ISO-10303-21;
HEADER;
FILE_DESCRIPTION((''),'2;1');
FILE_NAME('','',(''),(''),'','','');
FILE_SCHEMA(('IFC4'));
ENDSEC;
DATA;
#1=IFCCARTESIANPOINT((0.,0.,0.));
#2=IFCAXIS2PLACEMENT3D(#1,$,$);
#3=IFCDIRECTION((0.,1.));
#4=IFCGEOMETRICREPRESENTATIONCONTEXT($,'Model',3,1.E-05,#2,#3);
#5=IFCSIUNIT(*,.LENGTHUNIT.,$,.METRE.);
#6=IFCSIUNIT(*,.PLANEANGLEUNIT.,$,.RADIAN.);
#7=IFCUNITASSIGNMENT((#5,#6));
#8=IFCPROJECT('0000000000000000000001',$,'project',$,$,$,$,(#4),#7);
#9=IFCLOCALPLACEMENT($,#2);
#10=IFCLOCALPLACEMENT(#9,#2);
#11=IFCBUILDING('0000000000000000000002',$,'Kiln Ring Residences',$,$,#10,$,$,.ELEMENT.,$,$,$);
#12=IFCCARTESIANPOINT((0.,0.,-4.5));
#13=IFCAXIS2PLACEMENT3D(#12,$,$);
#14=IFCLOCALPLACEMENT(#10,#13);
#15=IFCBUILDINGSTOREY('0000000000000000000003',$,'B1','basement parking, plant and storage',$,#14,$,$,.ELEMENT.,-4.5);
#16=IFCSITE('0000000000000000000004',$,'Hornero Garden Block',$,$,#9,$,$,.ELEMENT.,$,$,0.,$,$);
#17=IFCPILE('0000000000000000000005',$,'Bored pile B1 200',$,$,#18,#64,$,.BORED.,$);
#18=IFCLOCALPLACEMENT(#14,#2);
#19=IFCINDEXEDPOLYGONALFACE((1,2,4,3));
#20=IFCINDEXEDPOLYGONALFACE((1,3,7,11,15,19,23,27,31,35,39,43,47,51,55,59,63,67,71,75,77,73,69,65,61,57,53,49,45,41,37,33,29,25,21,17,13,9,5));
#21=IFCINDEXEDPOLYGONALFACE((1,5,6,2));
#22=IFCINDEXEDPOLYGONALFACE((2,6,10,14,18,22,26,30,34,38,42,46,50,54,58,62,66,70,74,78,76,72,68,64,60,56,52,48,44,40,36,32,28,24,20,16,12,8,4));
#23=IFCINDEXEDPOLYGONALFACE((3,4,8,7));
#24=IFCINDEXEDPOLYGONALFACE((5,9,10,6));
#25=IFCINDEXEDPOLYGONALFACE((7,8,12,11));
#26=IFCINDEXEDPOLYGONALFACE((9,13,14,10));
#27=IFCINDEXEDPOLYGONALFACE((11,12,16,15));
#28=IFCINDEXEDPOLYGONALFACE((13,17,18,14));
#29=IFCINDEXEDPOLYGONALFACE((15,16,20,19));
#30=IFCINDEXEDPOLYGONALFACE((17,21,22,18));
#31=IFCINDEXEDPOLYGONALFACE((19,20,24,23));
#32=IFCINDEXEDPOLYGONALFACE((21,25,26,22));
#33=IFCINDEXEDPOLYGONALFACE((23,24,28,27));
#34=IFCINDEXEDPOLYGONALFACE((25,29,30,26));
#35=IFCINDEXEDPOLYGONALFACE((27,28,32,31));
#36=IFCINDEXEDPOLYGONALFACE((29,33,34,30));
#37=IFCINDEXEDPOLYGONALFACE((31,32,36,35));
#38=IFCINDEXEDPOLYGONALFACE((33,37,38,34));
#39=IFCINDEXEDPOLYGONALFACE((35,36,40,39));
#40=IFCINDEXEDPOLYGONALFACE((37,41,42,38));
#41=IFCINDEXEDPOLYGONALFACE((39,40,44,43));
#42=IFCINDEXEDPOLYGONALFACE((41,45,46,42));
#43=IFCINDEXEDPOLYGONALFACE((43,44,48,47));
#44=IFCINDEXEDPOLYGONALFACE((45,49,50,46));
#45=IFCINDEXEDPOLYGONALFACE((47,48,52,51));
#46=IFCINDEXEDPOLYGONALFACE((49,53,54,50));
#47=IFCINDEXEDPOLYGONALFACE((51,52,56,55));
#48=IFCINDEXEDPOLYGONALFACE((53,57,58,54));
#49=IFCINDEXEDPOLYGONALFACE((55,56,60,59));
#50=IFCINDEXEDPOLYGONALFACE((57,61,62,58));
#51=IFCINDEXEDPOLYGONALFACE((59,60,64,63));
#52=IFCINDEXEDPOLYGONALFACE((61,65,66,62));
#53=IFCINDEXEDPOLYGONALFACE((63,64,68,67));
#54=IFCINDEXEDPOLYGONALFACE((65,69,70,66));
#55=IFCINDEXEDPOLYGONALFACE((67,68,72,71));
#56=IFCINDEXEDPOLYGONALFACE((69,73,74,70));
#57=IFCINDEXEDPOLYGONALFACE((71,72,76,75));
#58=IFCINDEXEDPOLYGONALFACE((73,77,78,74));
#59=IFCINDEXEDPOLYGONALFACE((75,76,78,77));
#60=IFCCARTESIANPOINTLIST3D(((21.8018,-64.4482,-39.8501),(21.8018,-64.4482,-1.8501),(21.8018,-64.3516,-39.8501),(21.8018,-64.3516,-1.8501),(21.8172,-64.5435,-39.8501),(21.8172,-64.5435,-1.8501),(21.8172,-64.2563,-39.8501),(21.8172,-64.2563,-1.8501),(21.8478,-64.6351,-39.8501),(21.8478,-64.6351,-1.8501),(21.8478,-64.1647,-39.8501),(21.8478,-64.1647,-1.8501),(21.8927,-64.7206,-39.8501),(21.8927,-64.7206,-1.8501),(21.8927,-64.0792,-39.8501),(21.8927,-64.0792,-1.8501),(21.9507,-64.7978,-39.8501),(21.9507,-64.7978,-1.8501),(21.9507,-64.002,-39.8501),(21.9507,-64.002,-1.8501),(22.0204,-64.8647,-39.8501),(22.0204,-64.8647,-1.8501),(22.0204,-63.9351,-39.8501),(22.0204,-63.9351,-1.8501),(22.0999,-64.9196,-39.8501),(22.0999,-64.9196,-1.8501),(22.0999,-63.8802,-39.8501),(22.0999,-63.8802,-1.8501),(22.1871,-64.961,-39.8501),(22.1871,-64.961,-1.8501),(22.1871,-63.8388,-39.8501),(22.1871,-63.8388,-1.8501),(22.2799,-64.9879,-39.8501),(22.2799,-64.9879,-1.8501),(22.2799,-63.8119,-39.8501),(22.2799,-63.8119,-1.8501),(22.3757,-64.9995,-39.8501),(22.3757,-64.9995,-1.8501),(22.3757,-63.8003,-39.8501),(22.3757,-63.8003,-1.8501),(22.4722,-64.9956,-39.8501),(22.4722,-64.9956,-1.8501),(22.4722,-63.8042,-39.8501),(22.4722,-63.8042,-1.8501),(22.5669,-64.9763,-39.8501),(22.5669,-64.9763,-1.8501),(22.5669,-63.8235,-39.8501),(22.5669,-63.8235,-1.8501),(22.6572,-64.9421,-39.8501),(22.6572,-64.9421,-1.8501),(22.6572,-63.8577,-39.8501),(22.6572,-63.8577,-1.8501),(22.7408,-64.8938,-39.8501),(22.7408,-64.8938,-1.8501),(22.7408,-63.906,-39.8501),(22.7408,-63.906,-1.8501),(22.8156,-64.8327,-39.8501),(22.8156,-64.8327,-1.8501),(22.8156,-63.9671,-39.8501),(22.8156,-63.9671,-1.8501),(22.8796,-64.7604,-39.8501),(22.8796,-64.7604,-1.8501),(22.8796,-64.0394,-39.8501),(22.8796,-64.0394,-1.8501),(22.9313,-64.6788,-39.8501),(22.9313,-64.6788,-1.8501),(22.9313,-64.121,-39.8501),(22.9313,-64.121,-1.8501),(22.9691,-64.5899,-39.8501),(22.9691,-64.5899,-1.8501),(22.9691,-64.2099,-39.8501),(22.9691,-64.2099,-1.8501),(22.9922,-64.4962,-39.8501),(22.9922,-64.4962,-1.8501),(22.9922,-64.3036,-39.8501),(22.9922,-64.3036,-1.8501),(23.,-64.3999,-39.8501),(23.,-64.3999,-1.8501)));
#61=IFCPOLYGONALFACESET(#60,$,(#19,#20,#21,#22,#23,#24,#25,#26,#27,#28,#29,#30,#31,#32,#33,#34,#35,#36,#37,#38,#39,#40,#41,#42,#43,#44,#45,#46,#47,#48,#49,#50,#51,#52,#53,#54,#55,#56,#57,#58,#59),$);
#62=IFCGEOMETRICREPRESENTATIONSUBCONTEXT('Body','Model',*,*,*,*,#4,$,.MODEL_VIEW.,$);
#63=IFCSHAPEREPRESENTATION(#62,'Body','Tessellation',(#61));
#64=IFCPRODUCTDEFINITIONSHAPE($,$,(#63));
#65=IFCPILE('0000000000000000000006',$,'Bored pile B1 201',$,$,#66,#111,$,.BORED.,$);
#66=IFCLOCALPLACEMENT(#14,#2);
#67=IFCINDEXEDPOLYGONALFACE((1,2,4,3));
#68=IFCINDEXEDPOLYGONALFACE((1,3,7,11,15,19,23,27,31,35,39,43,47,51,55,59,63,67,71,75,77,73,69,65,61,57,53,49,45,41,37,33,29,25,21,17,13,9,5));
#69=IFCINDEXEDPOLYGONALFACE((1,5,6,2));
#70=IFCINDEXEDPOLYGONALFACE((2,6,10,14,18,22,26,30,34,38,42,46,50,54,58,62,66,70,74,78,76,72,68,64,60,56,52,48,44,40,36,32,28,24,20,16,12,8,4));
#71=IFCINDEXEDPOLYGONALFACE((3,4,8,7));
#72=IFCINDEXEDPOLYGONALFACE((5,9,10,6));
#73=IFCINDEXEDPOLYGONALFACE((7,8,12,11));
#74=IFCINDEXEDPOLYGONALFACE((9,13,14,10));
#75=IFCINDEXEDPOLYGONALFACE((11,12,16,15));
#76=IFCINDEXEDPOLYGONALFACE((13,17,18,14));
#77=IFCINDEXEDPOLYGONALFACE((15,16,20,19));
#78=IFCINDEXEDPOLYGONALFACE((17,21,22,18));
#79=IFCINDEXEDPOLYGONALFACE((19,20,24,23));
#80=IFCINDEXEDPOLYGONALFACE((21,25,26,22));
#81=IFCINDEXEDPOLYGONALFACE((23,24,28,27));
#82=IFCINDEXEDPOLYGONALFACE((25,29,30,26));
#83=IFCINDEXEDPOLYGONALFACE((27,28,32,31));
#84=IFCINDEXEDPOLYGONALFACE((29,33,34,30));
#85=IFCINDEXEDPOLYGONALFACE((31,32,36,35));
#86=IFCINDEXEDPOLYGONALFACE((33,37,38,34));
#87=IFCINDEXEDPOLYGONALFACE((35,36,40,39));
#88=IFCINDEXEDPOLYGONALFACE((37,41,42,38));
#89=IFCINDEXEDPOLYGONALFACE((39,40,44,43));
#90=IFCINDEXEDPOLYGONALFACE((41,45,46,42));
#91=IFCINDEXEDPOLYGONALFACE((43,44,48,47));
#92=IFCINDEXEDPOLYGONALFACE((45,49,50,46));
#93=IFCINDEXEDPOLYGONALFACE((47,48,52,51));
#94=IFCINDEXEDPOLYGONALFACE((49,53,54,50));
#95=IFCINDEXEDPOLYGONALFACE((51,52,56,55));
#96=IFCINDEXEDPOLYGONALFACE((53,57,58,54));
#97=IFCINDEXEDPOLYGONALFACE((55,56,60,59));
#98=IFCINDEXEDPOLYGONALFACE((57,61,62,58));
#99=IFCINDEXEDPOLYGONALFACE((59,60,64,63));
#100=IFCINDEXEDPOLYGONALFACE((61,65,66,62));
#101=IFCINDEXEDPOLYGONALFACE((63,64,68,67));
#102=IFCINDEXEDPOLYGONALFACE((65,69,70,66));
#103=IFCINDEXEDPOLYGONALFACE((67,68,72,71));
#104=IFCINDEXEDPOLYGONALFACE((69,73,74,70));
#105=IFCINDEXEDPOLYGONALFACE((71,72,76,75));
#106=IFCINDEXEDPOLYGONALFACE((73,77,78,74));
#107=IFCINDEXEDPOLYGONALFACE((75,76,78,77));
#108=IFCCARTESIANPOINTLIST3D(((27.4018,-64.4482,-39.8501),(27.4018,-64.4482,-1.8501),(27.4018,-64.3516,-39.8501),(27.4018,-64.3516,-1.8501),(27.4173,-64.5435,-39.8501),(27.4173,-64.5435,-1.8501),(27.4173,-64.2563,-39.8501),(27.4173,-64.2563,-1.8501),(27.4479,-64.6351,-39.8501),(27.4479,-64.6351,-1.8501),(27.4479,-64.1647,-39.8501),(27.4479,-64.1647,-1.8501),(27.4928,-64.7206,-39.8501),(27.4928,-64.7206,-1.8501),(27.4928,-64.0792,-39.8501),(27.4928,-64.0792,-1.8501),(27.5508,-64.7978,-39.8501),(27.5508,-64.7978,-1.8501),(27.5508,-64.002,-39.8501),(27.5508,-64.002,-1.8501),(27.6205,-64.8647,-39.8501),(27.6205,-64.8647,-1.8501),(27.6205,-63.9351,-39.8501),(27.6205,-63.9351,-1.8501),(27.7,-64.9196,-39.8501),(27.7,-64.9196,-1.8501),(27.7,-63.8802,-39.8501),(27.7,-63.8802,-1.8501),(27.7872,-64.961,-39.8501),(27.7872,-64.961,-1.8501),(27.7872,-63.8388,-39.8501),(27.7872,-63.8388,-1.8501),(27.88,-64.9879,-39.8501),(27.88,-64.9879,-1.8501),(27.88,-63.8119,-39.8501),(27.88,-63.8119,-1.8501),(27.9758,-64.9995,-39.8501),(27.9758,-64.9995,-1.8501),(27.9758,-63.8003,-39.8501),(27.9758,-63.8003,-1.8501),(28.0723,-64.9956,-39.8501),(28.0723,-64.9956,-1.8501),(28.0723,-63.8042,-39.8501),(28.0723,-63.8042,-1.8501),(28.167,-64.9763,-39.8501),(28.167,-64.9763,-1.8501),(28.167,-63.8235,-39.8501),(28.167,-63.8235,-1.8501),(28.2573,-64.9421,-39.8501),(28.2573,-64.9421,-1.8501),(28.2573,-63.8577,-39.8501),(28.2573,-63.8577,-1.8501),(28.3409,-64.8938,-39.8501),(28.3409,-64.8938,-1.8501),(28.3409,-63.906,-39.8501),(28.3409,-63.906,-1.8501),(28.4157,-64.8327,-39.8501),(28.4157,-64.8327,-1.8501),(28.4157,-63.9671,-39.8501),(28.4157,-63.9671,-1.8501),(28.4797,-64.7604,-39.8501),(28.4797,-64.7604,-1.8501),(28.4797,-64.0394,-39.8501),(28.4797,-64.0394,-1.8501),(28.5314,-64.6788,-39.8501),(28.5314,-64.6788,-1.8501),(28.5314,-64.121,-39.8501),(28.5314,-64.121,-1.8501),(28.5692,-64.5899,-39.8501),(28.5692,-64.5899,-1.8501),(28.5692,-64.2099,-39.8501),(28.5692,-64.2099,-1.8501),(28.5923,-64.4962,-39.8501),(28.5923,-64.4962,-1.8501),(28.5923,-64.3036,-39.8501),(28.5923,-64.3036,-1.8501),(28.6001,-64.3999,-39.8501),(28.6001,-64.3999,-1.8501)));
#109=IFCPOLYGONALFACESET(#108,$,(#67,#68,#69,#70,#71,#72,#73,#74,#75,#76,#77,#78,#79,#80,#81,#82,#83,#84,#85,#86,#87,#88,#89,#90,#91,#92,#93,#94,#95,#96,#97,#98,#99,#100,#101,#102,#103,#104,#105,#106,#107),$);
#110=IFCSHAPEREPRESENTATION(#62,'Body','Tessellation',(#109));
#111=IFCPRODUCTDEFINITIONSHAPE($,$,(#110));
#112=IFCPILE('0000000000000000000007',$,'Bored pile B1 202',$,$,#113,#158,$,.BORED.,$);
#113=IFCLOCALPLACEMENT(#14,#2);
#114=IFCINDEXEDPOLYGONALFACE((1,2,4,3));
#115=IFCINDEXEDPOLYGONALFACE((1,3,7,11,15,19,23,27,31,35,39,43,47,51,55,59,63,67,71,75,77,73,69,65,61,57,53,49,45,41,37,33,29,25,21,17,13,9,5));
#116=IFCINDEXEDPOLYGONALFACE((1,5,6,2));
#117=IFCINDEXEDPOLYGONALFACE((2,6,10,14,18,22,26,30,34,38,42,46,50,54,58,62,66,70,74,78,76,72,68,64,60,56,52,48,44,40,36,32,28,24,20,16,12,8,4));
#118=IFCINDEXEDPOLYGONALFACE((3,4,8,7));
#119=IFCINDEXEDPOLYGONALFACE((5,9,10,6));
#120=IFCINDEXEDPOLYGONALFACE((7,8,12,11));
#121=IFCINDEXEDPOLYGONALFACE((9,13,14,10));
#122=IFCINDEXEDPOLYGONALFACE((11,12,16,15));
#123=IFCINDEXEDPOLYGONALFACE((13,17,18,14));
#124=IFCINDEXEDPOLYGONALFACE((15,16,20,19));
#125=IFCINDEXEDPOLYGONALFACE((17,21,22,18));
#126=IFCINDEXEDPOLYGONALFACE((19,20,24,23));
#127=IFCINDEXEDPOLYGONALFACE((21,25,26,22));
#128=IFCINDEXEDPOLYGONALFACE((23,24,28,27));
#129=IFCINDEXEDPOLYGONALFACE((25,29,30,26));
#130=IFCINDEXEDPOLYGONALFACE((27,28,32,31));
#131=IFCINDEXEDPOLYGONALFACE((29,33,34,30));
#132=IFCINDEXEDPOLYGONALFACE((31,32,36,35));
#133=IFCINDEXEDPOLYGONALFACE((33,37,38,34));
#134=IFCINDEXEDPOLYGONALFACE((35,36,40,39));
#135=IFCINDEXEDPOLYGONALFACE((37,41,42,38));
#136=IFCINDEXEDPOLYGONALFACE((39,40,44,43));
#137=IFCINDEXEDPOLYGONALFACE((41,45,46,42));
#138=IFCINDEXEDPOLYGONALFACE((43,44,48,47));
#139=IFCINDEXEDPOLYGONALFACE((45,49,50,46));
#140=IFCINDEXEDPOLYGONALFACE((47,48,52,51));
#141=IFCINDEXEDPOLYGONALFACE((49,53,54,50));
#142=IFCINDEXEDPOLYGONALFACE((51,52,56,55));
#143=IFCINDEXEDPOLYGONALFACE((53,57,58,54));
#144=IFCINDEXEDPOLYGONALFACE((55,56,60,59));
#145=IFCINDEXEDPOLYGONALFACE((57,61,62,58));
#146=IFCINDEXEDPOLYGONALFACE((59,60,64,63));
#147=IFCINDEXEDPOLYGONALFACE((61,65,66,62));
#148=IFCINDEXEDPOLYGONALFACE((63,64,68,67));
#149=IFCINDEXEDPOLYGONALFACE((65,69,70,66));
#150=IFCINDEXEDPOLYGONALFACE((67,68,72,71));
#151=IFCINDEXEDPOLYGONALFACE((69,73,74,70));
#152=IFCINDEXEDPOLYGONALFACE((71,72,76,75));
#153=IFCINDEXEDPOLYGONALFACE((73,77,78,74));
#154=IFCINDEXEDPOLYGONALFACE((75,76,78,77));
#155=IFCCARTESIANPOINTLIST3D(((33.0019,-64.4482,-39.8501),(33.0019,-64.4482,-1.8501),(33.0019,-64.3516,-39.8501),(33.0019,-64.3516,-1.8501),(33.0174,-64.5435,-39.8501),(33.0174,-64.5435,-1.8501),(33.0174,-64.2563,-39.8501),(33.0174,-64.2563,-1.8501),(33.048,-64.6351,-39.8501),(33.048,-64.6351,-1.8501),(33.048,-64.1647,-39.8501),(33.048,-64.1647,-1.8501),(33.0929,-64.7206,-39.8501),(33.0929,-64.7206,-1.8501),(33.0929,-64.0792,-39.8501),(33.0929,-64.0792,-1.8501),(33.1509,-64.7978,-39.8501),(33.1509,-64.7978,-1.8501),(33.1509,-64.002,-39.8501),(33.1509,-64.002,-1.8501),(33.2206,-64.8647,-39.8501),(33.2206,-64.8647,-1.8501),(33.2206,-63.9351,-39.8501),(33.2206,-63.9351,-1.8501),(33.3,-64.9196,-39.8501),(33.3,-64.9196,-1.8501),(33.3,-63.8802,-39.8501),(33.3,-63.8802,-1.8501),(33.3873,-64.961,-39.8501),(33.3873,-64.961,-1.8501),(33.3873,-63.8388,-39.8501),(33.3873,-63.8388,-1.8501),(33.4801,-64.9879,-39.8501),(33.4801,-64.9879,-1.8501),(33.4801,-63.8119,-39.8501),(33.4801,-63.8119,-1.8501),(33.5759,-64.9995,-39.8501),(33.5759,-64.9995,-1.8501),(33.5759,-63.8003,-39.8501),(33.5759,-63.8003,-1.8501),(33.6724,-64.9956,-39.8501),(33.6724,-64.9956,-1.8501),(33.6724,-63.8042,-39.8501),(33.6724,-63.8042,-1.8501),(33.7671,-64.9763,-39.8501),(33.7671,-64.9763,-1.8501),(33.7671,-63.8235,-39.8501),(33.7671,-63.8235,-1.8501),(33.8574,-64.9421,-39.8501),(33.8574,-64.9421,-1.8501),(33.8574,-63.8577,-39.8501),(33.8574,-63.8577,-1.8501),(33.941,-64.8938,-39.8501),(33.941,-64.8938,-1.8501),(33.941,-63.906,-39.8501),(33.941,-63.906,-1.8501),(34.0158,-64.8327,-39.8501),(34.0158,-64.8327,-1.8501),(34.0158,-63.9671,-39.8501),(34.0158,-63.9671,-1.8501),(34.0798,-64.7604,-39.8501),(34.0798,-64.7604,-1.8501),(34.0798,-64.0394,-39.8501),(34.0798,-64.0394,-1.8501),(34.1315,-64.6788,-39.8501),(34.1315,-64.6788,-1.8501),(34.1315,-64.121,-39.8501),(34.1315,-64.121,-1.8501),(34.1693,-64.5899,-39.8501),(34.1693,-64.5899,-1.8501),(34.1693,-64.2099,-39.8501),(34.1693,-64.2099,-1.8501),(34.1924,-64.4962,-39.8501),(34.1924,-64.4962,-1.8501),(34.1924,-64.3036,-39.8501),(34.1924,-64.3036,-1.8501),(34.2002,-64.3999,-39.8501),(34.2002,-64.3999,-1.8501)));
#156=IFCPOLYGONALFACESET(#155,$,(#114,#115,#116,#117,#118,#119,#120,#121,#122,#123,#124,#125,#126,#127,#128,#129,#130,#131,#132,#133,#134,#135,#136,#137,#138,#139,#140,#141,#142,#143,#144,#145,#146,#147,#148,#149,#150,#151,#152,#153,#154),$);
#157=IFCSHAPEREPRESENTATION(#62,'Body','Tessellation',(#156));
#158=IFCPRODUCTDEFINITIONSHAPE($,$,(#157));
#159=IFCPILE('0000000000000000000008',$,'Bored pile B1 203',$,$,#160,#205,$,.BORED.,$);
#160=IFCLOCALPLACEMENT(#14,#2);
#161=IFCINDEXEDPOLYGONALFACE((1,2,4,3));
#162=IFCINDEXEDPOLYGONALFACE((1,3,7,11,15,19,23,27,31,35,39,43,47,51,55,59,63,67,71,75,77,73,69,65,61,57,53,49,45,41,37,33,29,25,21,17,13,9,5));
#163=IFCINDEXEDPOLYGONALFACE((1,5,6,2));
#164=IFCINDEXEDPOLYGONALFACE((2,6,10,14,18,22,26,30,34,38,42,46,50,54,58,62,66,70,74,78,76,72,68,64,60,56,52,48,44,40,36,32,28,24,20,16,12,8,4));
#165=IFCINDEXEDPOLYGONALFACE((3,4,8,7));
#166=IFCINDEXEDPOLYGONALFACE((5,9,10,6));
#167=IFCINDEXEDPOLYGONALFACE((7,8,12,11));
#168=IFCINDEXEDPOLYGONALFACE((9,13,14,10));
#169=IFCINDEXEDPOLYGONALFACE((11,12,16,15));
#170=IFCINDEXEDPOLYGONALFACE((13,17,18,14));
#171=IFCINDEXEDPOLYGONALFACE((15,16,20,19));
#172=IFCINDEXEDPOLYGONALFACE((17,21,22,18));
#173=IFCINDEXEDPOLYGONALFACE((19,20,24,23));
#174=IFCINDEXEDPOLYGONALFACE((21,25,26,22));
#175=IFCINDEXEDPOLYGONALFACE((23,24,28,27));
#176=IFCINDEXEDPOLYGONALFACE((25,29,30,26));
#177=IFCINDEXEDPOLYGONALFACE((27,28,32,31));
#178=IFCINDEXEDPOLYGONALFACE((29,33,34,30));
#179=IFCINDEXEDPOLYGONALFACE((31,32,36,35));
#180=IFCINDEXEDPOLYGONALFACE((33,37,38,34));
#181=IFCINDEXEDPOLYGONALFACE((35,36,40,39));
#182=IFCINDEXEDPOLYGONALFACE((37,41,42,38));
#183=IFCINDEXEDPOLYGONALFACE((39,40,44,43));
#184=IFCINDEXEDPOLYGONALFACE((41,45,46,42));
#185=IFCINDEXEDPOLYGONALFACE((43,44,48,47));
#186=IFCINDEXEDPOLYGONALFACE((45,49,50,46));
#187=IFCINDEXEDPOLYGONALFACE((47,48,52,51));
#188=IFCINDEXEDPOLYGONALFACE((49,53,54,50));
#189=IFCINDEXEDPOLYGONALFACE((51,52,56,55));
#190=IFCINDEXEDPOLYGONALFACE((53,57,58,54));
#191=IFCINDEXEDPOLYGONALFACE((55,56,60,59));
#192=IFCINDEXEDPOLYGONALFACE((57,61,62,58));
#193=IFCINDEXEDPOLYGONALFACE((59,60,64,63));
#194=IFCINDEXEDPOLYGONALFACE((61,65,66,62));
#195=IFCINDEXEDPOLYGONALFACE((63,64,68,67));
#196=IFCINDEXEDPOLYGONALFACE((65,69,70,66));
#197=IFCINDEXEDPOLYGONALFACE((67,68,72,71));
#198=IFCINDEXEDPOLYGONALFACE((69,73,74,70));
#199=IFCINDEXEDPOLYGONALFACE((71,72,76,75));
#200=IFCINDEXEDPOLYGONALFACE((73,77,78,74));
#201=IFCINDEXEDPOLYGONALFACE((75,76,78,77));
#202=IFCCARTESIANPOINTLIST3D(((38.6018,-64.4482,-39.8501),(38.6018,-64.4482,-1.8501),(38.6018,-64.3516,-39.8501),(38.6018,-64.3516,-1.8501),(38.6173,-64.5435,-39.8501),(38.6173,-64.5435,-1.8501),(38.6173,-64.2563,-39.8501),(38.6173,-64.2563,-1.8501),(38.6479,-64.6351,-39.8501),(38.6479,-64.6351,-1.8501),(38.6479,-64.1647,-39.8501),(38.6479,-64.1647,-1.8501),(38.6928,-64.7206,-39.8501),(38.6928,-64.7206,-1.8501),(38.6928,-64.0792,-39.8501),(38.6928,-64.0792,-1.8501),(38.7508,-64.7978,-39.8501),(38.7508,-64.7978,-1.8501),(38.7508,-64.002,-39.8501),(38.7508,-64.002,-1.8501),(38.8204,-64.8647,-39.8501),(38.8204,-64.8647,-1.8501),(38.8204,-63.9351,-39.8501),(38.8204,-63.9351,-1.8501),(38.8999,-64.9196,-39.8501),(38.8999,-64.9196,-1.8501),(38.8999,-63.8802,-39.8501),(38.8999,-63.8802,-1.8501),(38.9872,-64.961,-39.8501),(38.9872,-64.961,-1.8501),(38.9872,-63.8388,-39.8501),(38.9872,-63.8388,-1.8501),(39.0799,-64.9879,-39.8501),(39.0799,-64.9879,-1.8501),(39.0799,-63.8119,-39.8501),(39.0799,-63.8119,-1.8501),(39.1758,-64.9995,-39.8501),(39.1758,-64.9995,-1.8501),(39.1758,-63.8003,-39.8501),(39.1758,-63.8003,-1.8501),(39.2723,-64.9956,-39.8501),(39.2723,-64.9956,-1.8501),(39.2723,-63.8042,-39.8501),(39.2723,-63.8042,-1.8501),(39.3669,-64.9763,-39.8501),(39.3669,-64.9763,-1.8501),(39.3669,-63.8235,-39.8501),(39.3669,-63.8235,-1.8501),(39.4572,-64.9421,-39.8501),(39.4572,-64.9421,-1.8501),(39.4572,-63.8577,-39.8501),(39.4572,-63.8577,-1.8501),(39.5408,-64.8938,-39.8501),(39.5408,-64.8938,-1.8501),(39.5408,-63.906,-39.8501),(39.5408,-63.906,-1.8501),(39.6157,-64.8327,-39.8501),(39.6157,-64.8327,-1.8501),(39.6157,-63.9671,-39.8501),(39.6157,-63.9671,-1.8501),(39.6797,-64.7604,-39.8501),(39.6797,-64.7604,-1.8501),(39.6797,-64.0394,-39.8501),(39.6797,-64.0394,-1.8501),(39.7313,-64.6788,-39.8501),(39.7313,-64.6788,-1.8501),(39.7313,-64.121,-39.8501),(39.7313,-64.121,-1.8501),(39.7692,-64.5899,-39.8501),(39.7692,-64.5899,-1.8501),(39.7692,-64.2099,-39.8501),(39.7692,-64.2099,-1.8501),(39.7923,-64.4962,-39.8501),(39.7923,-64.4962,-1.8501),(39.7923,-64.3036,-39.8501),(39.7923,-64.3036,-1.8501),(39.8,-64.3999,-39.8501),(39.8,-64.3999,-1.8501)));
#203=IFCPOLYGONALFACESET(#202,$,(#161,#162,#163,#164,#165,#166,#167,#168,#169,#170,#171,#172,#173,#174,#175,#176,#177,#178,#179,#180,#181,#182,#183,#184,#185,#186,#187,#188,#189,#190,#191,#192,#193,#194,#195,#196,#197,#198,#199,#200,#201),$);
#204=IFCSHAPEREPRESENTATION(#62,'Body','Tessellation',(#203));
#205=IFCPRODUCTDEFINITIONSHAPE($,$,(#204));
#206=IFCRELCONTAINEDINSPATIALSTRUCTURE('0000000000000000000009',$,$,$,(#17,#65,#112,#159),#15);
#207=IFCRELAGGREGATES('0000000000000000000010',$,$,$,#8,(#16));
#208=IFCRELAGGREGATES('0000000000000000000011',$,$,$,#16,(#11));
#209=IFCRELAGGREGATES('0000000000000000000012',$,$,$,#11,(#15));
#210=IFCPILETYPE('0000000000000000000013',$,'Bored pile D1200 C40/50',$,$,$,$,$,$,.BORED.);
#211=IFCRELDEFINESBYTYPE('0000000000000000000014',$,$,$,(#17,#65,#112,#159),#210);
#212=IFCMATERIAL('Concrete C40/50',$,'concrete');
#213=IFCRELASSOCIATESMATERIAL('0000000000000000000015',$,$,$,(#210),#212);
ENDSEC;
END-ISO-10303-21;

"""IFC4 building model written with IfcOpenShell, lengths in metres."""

from ifc_helpers import new_model, si_unit, direction, frame, origin, origin_2d, place, context, subcontext, project, spatial, circle, extrude, material, material_profile, profile_set, type_object, element, save


model = new_model("IFC4")

# Units and contexts
model_context = context("Model", 3, precision=1e-05, world=origin(), true_north=direction((0.0, 1.0)))
body_context = subcontext(model_context, "Body", "Model", "MODEL_VIEW")
ifc_project = project(units=[si_unit("LENGTHUNIT", "METRE"), si_unit("PLANEANGLEUNIT", "RADIAN")], contexts=[model_context])

# Site, building, storey
site_placement = place(None, origin())
site = spatial("IfcSite", under=ifc_project, at=site_placement, Name="Hornero Garden Block", CompositionType="ELEMENT", RefElevation=0.0)
building_placement = place(site_placement, origin())
building = spatial("IfcBuilding", under=site, at=building_placement, Name="Kiln Ring Residences", CompositionType="ELEMENT")
storey_placement = place(building_placement, frame((0.0, 0.0, -4.5)))
storey = spatial("IfcBuildingStorey", under=building, at=storey_placement, Name="B1", Description="basement parking, plant and storage", CompositionType="ELEMENT", Elevation=-4.5)

# Piles
ifc_material_1 = material(Name="Concrete C40/50", Category="concrete")
ifc_material_profile_1 = material_profile(ifc_material_1, circle(Radius=0.6001, at=origin_2d()), Name="BORED1200")
ifc_profile_set_1 = profile_set([ifc_material_profile_1], Name="Concrete C40/50")
pile_type = type_object("IfcPileType", Name="Bored pile D1200 C40/50", PredefinedType="BORED", material=ifc_profile_set_1)
for number, where, z_axis, x_axis, name in (
    (1, (22.3999, -64.3999, -1.8501), (0.0, 0.0, -1.0), (1.0, 0.0, 0.0), "Bored pile B1 200"),
    (2, (28.0, -64.3999, -1.8501), (0.0, 0.0, -1.0), (1.0, 0.0, 0.0), "Bored pile B1 201"),
    (3, (33.6001, -64.3999, -1.8501), (0.0, 0.0, -1.0), (1.0, 0.0, 0.0), "Bored pile B1 202"),
    (4, (39.2, -64.3999, -1.8501), (0.0, 0.0, -1.0), (1.0, 0.0, 0.0), "Bored pile B1 203"),
):
    element("IfcPile", number, at=place(storey_placement, frame(where, z_axis=z_axis, x_axis=x_axis)), inside=storey, type_object=pile_type, Name=name, PredefinedType="BORED", context=body_context, shape_type="SweptSolid", body=[
        extrude(circle(Radius=0.6001, at=origin_2d()), origin(), (0.0, 0.0, 1.0), 38.0),
    ])

save(model, "model.ifc")
